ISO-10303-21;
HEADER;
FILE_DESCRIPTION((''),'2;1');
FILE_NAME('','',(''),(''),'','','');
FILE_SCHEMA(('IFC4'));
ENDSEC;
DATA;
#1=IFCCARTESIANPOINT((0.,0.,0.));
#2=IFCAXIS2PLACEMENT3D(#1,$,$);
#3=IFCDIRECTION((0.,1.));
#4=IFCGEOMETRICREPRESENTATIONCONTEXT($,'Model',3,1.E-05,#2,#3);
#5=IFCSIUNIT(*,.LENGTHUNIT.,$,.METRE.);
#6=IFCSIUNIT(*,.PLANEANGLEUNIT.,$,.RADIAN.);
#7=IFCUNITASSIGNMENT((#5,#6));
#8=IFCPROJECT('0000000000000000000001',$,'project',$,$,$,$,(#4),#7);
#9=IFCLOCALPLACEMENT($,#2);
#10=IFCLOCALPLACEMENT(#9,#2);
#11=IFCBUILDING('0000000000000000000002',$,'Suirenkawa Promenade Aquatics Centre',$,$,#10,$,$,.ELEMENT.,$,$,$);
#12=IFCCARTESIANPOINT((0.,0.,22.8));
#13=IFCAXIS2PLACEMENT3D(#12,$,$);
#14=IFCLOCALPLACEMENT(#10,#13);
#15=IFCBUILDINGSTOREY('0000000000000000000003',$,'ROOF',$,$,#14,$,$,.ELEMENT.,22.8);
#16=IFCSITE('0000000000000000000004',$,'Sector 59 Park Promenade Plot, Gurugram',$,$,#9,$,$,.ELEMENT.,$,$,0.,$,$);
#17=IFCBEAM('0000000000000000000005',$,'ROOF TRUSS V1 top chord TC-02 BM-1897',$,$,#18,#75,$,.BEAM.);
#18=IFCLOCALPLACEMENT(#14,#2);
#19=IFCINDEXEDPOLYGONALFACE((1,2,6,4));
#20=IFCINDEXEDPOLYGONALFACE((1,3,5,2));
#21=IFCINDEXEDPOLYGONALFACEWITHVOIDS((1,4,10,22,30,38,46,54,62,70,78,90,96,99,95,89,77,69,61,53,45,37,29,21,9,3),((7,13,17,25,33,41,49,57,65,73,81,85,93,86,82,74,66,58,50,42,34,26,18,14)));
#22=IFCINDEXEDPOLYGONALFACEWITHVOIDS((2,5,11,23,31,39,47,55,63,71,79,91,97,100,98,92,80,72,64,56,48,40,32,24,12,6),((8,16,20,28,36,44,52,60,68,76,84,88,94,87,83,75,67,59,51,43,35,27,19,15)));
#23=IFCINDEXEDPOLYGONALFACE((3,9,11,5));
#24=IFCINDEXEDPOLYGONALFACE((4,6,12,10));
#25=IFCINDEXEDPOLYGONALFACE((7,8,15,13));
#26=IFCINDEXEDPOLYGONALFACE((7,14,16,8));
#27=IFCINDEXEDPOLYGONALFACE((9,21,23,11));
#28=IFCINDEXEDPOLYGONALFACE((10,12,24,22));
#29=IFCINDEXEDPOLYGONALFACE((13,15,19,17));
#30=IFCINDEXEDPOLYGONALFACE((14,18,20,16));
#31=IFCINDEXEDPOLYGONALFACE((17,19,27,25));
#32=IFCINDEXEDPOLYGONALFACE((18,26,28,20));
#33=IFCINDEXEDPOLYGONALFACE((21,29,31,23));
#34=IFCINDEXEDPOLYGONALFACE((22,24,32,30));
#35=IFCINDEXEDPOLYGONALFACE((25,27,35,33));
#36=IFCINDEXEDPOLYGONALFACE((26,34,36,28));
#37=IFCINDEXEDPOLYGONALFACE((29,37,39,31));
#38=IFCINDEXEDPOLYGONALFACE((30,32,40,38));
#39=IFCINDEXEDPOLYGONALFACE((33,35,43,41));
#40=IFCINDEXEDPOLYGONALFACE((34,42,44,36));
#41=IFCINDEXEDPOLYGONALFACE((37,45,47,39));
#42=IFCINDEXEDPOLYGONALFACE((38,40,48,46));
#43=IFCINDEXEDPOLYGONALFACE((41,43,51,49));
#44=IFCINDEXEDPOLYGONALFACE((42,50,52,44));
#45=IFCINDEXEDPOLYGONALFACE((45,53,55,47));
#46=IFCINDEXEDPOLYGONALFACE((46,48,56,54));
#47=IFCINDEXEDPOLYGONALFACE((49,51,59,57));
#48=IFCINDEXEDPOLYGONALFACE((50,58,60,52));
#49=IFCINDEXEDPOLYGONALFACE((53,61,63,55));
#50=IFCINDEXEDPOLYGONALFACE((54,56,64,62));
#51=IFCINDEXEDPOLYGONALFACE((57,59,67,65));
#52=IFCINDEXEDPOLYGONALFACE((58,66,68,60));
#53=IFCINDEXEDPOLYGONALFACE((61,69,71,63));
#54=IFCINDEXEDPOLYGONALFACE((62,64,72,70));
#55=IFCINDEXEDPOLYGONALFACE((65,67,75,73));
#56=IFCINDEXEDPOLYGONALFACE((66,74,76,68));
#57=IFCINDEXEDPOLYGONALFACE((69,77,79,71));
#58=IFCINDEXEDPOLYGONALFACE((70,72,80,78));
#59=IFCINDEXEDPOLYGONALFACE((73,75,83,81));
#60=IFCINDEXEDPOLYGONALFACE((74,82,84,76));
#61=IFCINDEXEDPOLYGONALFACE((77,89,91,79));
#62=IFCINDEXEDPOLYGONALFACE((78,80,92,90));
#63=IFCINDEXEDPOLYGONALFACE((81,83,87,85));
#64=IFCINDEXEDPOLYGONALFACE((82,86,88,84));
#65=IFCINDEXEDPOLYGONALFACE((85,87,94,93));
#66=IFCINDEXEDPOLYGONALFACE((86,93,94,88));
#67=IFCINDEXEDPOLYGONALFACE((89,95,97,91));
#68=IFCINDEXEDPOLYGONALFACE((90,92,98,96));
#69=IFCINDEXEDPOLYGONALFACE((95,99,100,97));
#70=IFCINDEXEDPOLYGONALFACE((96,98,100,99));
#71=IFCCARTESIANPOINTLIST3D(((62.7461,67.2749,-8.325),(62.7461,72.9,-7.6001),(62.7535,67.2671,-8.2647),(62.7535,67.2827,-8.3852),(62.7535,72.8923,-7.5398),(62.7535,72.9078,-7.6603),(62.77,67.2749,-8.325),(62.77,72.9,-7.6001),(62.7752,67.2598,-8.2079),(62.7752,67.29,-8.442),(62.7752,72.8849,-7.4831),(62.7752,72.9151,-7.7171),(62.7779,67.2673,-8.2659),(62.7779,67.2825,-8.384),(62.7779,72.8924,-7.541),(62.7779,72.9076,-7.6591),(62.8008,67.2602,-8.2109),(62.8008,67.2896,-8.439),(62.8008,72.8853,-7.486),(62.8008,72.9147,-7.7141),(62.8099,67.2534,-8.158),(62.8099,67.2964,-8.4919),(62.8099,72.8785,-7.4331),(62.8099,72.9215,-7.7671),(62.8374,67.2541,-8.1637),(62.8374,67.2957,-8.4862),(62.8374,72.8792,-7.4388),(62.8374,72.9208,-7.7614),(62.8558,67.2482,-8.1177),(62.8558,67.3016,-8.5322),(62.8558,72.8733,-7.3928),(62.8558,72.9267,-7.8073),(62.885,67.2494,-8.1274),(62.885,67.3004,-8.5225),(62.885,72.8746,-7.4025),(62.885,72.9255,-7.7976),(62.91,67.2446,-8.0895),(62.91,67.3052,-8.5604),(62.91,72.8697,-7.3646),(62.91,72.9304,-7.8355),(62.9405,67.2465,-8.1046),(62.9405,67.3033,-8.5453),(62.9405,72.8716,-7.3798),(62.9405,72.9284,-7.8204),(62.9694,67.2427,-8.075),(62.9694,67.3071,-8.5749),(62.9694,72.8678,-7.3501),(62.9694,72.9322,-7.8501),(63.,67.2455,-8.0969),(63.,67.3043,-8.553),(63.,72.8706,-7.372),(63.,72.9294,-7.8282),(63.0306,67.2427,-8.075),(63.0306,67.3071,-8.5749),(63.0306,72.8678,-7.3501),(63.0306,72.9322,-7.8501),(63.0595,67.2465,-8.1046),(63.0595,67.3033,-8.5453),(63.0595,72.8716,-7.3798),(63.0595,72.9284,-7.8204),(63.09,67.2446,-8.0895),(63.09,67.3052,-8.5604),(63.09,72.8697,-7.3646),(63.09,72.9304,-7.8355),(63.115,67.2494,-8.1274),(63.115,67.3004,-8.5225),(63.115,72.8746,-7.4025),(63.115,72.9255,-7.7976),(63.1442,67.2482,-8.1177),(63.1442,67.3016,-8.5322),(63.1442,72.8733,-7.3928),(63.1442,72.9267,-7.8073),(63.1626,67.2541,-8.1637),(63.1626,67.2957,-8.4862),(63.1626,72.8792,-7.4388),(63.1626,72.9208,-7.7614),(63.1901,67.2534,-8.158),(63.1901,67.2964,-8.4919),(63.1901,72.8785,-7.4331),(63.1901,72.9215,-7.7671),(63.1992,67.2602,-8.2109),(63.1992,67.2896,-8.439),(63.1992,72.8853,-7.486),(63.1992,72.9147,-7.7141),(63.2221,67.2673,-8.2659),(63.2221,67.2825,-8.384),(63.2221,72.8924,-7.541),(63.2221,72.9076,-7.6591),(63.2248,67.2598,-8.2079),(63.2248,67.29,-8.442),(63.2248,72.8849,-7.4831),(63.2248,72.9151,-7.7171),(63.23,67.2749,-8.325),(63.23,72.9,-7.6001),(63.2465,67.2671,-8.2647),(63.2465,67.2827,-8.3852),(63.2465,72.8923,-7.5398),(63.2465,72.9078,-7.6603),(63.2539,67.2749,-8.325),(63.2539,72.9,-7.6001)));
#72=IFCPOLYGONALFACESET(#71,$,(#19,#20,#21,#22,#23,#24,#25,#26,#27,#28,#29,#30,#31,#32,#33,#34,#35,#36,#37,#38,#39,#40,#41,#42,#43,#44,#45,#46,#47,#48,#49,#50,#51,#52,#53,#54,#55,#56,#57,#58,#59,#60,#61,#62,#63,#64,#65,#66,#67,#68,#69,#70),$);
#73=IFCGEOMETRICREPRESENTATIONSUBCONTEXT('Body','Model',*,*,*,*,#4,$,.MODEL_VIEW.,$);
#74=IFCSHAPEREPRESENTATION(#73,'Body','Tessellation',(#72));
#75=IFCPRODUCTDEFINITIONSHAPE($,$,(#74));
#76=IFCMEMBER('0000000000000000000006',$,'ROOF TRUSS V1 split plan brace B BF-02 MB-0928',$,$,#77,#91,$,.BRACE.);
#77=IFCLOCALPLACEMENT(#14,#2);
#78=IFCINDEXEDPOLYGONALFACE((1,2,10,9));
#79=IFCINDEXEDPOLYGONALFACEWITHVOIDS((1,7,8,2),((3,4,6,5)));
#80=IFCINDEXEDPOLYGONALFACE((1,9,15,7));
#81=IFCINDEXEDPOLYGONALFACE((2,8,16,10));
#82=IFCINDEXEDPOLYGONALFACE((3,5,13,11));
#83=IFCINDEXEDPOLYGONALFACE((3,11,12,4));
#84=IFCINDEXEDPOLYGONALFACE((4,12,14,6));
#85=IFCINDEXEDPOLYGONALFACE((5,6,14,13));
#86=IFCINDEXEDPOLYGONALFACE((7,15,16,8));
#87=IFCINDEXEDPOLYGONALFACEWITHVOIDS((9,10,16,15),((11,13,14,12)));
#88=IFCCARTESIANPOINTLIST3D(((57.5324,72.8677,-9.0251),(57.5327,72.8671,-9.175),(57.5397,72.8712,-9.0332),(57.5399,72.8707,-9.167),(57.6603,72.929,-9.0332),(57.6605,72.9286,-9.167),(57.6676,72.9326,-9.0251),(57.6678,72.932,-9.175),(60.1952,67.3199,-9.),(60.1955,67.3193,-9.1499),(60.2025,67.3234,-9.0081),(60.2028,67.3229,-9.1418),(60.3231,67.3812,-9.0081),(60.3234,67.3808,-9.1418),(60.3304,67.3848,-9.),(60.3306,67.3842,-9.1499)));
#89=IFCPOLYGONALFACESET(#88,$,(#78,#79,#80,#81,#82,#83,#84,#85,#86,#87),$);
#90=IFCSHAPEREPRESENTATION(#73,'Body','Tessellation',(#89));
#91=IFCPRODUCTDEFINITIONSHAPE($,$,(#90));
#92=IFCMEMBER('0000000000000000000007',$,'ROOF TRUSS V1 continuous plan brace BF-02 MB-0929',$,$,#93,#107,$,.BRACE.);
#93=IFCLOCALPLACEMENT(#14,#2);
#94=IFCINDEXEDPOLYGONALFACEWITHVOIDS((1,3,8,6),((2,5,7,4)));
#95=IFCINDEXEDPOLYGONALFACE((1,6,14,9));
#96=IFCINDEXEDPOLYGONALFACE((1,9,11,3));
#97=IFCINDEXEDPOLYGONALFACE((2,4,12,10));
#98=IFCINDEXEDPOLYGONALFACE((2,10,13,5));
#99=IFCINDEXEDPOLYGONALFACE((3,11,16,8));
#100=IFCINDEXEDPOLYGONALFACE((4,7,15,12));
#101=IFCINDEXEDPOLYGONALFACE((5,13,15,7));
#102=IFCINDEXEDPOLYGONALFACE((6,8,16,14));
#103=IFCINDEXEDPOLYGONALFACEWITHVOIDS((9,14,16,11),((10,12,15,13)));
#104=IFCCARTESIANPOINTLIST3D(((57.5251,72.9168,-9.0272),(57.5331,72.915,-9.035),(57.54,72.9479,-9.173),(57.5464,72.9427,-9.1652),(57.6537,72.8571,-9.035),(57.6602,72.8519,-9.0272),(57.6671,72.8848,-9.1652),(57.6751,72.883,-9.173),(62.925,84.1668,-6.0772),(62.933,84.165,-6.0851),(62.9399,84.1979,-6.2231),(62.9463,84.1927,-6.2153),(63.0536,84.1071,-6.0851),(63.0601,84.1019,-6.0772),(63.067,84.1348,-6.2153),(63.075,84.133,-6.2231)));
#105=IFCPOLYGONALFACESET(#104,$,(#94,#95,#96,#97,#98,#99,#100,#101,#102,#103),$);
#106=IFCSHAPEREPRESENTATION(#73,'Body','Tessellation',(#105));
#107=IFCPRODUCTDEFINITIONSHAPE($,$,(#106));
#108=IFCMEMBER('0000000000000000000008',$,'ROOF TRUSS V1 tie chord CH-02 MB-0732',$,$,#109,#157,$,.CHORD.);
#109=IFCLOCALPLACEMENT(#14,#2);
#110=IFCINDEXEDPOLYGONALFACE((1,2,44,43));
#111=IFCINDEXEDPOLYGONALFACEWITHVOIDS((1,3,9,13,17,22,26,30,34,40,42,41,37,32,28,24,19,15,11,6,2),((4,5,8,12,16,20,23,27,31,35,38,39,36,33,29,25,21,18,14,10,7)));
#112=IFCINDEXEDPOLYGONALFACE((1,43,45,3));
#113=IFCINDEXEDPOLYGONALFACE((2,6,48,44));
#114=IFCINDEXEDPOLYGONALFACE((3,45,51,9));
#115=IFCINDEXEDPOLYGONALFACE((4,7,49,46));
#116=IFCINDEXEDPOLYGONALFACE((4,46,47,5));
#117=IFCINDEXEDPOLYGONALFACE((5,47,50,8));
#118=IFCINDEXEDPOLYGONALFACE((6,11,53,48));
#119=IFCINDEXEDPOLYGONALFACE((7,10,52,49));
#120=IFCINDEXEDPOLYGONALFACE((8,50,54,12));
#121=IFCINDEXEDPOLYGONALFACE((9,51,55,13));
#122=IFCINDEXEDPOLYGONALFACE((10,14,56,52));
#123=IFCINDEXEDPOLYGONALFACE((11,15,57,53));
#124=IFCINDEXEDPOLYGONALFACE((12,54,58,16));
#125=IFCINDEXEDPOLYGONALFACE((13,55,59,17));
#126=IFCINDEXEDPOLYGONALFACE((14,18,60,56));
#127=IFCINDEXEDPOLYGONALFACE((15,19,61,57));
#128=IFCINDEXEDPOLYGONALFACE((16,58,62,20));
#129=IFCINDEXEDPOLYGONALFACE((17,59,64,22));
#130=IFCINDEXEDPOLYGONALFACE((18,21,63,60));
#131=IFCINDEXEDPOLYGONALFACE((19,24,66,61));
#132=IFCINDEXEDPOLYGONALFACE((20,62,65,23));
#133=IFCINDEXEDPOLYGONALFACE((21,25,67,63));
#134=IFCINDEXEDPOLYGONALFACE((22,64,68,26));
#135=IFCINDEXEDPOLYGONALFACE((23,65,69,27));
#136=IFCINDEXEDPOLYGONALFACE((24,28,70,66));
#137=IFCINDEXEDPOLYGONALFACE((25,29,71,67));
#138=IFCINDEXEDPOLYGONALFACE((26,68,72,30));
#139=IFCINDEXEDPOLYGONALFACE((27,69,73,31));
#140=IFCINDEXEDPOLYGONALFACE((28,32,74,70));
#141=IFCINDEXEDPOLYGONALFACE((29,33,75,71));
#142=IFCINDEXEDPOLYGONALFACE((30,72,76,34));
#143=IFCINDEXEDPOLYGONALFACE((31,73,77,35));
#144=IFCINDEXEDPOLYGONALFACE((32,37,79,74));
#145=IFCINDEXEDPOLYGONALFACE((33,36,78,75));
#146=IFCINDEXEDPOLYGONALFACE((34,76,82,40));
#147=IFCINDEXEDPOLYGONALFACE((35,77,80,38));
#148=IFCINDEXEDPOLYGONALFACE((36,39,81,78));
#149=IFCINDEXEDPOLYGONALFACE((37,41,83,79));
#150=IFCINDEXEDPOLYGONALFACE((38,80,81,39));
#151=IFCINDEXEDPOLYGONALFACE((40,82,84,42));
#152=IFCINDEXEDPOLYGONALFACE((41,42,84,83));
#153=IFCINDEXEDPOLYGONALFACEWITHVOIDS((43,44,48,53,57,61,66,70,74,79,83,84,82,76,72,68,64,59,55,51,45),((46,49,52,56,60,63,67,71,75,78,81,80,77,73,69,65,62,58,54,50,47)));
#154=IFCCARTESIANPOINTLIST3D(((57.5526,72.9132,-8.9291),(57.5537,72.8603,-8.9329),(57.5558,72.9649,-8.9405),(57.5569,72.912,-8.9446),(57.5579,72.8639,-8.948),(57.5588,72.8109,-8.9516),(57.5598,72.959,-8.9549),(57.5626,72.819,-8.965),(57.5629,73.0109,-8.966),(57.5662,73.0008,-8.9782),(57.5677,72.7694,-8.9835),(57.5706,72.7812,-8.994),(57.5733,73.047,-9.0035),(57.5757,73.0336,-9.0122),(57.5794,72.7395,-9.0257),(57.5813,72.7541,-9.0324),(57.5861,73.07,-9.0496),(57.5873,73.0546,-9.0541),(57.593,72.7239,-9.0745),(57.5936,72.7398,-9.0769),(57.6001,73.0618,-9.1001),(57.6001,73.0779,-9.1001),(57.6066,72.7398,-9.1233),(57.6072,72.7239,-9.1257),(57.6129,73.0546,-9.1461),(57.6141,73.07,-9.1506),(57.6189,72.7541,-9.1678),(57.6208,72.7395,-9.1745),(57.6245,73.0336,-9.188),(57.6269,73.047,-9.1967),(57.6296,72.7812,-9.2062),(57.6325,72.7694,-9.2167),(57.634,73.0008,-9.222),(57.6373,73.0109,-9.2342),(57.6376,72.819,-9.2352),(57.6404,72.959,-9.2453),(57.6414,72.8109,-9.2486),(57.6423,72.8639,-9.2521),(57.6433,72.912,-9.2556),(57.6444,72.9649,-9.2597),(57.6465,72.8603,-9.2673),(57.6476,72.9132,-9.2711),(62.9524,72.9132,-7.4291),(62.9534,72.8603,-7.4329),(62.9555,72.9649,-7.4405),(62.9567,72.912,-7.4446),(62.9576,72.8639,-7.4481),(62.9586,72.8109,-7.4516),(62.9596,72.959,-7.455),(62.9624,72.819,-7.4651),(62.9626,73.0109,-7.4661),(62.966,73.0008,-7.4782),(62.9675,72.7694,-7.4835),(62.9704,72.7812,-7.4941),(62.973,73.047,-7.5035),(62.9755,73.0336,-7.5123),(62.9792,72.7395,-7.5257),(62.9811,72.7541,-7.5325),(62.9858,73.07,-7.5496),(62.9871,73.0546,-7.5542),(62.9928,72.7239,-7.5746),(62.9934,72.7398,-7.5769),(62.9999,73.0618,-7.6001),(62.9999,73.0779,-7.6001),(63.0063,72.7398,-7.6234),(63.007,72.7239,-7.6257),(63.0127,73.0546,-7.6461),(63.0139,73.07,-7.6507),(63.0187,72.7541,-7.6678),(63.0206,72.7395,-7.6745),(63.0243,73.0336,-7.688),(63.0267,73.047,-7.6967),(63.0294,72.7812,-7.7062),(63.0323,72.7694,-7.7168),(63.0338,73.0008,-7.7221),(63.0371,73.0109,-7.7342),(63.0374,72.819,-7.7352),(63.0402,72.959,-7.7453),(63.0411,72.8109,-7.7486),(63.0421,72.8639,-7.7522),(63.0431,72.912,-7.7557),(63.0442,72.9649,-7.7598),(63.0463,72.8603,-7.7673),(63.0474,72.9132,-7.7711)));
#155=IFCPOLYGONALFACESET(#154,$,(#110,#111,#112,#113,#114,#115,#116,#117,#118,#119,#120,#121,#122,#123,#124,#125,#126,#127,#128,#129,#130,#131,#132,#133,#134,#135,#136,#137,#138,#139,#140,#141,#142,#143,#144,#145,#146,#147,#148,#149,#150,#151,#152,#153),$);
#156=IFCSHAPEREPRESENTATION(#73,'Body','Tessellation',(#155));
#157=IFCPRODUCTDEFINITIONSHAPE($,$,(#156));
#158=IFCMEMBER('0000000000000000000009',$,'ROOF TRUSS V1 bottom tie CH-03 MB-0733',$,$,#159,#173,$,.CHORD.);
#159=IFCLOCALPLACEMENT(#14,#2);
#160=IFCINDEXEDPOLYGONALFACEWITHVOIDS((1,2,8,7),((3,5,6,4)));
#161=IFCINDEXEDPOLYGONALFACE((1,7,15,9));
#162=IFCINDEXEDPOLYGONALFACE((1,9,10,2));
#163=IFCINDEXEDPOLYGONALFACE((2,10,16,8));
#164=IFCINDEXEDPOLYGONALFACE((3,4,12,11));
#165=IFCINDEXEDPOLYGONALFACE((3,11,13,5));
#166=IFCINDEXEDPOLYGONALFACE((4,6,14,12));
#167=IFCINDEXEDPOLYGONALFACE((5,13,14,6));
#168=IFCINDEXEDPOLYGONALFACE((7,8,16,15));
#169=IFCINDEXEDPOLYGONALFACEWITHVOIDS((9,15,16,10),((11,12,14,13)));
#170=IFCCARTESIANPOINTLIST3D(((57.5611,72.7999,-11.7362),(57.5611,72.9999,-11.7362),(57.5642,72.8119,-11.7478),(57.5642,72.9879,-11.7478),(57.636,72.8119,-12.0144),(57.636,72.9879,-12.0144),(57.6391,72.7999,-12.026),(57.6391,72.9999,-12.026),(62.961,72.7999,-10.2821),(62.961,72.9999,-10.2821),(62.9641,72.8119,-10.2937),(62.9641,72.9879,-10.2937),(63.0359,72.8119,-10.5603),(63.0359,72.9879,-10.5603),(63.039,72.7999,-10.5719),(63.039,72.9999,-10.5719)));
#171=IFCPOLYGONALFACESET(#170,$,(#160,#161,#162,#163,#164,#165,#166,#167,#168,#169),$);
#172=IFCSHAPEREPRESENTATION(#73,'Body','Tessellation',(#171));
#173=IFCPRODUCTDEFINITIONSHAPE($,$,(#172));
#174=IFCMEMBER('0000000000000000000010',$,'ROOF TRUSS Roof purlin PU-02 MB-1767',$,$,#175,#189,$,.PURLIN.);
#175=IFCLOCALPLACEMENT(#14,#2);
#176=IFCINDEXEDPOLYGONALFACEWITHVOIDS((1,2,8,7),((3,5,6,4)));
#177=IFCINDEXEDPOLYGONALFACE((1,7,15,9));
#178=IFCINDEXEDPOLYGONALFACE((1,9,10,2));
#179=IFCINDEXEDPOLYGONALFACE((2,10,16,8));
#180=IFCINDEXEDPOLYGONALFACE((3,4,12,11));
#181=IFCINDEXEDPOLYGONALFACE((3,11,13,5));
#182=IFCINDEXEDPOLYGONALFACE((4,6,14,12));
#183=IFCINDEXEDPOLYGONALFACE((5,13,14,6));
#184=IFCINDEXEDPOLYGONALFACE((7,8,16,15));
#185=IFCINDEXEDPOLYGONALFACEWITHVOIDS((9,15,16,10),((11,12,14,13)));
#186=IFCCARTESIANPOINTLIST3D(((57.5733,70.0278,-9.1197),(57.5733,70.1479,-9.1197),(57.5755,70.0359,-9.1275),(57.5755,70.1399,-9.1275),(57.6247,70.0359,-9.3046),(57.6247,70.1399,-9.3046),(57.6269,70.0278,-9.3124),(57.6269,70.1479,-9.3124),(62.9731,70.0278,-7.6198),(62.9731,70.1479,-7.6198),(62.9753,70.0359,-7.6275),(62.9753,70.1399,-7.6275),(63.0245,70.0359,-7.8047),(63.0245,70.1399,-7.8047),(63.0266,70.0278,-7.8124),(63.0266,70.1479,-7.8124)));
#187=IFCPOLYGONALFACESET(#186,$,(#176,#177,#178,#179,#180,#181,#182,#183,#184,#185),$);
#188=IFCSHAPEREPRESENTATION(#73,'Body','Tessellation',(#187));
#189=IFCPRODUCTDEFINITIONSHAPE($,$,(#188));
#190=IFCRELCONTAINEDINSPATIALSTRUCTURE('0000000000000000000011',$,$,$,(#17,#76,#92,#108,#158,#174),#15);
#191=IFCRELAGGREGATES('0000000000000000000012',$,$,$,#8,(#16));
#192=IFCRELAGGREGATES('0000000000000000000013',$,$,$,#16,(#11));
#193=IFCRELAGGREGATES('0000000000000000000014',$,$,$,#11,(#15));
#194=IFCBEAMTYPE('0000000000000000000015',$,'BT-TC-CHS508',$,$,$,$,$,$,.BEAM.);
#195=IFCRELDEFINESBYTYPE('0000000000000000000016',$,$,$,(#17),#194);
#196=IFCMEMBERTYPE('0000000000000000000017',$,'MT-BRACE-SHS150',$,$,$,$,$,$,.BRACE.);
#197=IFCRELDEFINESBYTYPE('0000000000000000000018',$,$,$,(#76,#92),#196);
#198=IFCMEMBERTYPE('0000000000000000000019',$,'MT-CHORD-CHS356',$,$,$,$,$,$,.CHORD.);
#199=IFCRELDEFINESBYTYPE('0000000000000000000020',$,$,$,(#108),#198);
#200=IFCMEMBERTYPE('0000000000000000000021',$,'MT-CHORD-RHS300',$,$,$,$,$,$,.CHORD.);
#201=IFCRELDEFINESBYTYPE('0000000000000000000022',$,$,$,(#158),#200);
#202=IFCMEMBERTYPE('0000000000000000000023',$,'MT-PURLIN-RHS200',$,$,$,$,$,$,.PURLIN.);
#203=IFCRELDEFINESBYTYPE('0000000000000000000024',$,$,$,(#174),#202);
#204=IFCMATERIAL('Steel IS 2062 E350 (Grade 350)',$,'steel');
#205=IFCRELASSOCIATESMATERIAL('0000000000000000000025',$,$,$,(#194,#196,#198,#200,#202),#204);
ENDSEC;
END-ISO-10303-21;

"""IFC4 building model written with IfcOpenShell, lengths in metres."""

from ifc_helpers import new_model, si_unit, direction, frame, origin, origin_2d, place, context, subcontext, project, spatial, hollow_rectangle, hollow_circle, extrude, material, material_profile, profile_set, type_object, element, save


model = new_model("IFC4")

# Units and contexts
model_context = context("Model", 3, precision=1e-05, world=origin(), true_north=direction((0.0, 1.0)))
body_context = subcontext(model_context, "Body", "Model", "MODEL_VIEW")
ifc_project = project(units=[si_unit("LENGTHUNIT", "METRE"), si_unit("PLANEANGLEUNIT", "RADIAN")], contexts=[model_context])

# Site, building, storey
site_placement = place(None, origin())
site = spatial("IfcSite", under=ifc_project, at=site_placement, Name="Sector 59 Park Promenade Plot, Gurugram", CompositionType="ELEMENT", RefElevation=0.0)
building_placement = place(site_placement, origin())
building = spatial("IfcBuilding", under=site, at=building_placement, Name="Suirenkawa Promenade Aquatics Centre", CompositionType="ELEMENT")
storey_placement = place(building_placement, frame((0.0, 0.0, 22.8)))
storey = spatial("IfcBuildingStorey", under=building, at=storey_placement, Name="ROOF", CompositionType="ELEMENT", Elevation=22.8)

# Beam
ifc_material = material(Name="Steel IS 2062 E350 (Grade 350)", Category="steel")
ifc_material_profile_1 = material_profile(ifc_material, hollow_circle(Radius=0.2539, WallThickness=0.0239, at=origin_2d()), Name="CHS 508x24", Category="steel")
ifc_profile_set_1 = profile_set([ifc_material_profile_1], Name="Steel IS 2062 E350 (Grade 350)")
beam_type_1 = type_object("IfcBeamType", Name="BT-TC-CHS508", PredefinedType="BEAM", material=ifc_profile_set_1)
for number, where, z_axis, x_axis, name in (
    (1, (63.0, 67.2749, -8.325), (0.0, 0.991799, 0.127806), (-1.0, 0.0, 0.0), "ROOF TRUSS V1 top chord TC-02 BM-1897"),
):
    element("IfcBeam", number, at=place(storey_placement, frame(where, z_axis=z_axis, x_axis=x_axis)), inside=storey, type_object=beam_type_1, Name=name, PredefinedType="BEAM", context=body_context, shape_type="SweptSolid", body=[
        extrude(hollow_circle(Radius=0.2539, WallThickness=0.0239, at=origin_2d()), origin(), (0.0, 0.0, 1.0), 5.6716),
    ])

# Members
ifc_material_profile_2 = material_profile(ifc_material, hollow_rectangle(XDim=0.1499, YDim=0.1499, WallThickness=0.0081, at=origin_2d()), Name="SHS 150x150x8", Category="steel")
ifc_profile_set_2 = profile_set([ifc_material_profile_2], Name="Steel IS 2062 E350 (Grade 350)")
member_type_1 = type_object("IfcMemberType", Name="MT-BRACE-SHS150", PredefinedType="BRACE", material=ifc_profile_set_2)
member_1_placement = place(storey_placement, frame((60.2629, 67.3521, -9.075), z_axis=(-0.432711, 0.901524, -0.004086), x_axis=(-0.901531, -0.432714, 0.0)))
element("IfcMember", 2, at=member_1_placement, inside=storey, type_object=member_type_1, Name="ROOF TRUSS V1 split plan brace B BF-02 MB-0928", PredefinedType="BRACE", context=body_context, shape_type="SweptSolid", body=[
    extrude(hollow_rectangle(XDim=0.1499, YDim=0.1499, WallThickness=0.0081, at=origin_2d()), origin(), (0.0, 0.0, 1.0), 6.1538),
])
member_2_placement = place(storey_placement, frame((57.6001, 72.8999, -9.1001), z_axis=(0.421118, 0.877345, 0.230056), x_axis=(-0.901526, 0.432725, 0.0)))
element("IfcMember", 3, at=member_2_placement, inside=storey, type_object=member_type_1, Name="ROOF TRUSS V1 continuous plan brace BF-02 MB-0929", PredefinedType="BRACE", context=body_context, shape_type="SweptSolid", body=[
    extrude(hollow_rectangle(XDim=0.1499, YDim=0.1499, WallThickness=0.0081, at=origin_2d()), origin(), (0.0, 0.0, 1.0), 12.8228),
])
ifc_material_profile_3 = material_profile(ifc_material, hollow_circle(Radius=0.178, WallThickness=0.0161, at=origin_2d()), Name="CHS 356x16", Category="steel")
ifc_profile_set_3 = profile_set([ifc_material_profile_3], Name="Steel IS 2062 E350 (Grade 350)")
member_type_2 = type_object("IfcMemberType", Name="MT-CHORD-CHS356", PredefinedType="CHORD", material=ifc_profile_set_3)
member_3_placement = place(storey_placement, frame((57.6001, 72.8999, -9.1001), z_axis=(0.963517, 0.0, 0.267648), x_axis=(0.0, 1.0, 0.0)))
element("IfcMember", 4, at=member_3_placement, inside=storey, type_object=member_type_2, Name="ROOF TRUSS V1 tie chord CH-02 MB-0732", PredefinedType="CHORD", context=body_context, shape_type="SweptSolid", body=[
    extrude(hollow_circle(Radius=0.178, WallThickness=0.0161, at=origin_2d()), origin(), (0.0, 0.0, 1.0), 5.6042),
])
ifc_material_profile_4 = material_profile(ifc_material, hollow_rectangle(XDim=0.2, YDim=0.3, WallThickness=0.012, at=origin_2d()), Name="RHS 300x200x12", Category="steel")
ifc_profile_set_4 = profile_set([ifc_material_profile_4], Name="Steel IS 2062 E350 (Grade 350)")
member_type_3 = type_object("IfcMemberType", Name="MT-CHORD-RHS300", PredefinedType="CHORD", material=ifc_profile_set_4)
member_4_placement = place(storey_placement, frame((57.6001, 72.8999, -11.8811), z_axis=(0.965603, 0.0, 0.26002), x_axis=(0.0, 1.0, 0.0)))
element("IfcMember", 5, at=member_4_placement, inside=storey, type_object=member_type_3, Name="ROOF TRUSS V1 bottom tie CH-03 MB-0733", PredefinedType="CHORD", context=body_context, shape_type="SweptSolid", body=[
    extrude(hollow_rectangle(XDim=0.2, YDim=0.3, WallThickness=0.012, at=origin_2d()), origin(), (0.0, 0.0, 1.0), 5.5923),
])
ifc_material_profile_5 = material_profile(ifc_material, hollow_rectangle(XDim=0.1201, YDim=0.2, WallThickness=0.0081, at=origin_2d()), Name="RHS 200x120x8", Category="steel")
ifc_profile_set_5 = profile_set([ifc_material_profile_5], Name="Steel IS 2062 E350 (Grade 350)")
member_type_4 = type_object("IfcMemberType", Name="MT-PURLIN-RHS200", PredefinedType="PURLIN", material=ifc_profile_set_5)
member_5_placement = place(storey_placement, frame((57.6001, 70.0879, -9.2161), z_axis=(0.963517, 0.0, 0.267648), x_axis=(0.0, 1.0, 0.0)))
element("IfcMember", 6, at=member_5_placement, inside=storey, type_object=member_type_4, Name="ROOF TRUSS Roof purlin PU-02 MB-1767", PredefinedType="PURLIN", context=body_context, shape_type="SweptSolid", body=[
    extrude(hollow_rectangle(XDim=0.1201, YDim=0.2, WallThickness=0.0081, at=origin_2d()), origin(), (0.0, 0.0, 1.0), 5.6042),
])

save(model, "model.ifc")
